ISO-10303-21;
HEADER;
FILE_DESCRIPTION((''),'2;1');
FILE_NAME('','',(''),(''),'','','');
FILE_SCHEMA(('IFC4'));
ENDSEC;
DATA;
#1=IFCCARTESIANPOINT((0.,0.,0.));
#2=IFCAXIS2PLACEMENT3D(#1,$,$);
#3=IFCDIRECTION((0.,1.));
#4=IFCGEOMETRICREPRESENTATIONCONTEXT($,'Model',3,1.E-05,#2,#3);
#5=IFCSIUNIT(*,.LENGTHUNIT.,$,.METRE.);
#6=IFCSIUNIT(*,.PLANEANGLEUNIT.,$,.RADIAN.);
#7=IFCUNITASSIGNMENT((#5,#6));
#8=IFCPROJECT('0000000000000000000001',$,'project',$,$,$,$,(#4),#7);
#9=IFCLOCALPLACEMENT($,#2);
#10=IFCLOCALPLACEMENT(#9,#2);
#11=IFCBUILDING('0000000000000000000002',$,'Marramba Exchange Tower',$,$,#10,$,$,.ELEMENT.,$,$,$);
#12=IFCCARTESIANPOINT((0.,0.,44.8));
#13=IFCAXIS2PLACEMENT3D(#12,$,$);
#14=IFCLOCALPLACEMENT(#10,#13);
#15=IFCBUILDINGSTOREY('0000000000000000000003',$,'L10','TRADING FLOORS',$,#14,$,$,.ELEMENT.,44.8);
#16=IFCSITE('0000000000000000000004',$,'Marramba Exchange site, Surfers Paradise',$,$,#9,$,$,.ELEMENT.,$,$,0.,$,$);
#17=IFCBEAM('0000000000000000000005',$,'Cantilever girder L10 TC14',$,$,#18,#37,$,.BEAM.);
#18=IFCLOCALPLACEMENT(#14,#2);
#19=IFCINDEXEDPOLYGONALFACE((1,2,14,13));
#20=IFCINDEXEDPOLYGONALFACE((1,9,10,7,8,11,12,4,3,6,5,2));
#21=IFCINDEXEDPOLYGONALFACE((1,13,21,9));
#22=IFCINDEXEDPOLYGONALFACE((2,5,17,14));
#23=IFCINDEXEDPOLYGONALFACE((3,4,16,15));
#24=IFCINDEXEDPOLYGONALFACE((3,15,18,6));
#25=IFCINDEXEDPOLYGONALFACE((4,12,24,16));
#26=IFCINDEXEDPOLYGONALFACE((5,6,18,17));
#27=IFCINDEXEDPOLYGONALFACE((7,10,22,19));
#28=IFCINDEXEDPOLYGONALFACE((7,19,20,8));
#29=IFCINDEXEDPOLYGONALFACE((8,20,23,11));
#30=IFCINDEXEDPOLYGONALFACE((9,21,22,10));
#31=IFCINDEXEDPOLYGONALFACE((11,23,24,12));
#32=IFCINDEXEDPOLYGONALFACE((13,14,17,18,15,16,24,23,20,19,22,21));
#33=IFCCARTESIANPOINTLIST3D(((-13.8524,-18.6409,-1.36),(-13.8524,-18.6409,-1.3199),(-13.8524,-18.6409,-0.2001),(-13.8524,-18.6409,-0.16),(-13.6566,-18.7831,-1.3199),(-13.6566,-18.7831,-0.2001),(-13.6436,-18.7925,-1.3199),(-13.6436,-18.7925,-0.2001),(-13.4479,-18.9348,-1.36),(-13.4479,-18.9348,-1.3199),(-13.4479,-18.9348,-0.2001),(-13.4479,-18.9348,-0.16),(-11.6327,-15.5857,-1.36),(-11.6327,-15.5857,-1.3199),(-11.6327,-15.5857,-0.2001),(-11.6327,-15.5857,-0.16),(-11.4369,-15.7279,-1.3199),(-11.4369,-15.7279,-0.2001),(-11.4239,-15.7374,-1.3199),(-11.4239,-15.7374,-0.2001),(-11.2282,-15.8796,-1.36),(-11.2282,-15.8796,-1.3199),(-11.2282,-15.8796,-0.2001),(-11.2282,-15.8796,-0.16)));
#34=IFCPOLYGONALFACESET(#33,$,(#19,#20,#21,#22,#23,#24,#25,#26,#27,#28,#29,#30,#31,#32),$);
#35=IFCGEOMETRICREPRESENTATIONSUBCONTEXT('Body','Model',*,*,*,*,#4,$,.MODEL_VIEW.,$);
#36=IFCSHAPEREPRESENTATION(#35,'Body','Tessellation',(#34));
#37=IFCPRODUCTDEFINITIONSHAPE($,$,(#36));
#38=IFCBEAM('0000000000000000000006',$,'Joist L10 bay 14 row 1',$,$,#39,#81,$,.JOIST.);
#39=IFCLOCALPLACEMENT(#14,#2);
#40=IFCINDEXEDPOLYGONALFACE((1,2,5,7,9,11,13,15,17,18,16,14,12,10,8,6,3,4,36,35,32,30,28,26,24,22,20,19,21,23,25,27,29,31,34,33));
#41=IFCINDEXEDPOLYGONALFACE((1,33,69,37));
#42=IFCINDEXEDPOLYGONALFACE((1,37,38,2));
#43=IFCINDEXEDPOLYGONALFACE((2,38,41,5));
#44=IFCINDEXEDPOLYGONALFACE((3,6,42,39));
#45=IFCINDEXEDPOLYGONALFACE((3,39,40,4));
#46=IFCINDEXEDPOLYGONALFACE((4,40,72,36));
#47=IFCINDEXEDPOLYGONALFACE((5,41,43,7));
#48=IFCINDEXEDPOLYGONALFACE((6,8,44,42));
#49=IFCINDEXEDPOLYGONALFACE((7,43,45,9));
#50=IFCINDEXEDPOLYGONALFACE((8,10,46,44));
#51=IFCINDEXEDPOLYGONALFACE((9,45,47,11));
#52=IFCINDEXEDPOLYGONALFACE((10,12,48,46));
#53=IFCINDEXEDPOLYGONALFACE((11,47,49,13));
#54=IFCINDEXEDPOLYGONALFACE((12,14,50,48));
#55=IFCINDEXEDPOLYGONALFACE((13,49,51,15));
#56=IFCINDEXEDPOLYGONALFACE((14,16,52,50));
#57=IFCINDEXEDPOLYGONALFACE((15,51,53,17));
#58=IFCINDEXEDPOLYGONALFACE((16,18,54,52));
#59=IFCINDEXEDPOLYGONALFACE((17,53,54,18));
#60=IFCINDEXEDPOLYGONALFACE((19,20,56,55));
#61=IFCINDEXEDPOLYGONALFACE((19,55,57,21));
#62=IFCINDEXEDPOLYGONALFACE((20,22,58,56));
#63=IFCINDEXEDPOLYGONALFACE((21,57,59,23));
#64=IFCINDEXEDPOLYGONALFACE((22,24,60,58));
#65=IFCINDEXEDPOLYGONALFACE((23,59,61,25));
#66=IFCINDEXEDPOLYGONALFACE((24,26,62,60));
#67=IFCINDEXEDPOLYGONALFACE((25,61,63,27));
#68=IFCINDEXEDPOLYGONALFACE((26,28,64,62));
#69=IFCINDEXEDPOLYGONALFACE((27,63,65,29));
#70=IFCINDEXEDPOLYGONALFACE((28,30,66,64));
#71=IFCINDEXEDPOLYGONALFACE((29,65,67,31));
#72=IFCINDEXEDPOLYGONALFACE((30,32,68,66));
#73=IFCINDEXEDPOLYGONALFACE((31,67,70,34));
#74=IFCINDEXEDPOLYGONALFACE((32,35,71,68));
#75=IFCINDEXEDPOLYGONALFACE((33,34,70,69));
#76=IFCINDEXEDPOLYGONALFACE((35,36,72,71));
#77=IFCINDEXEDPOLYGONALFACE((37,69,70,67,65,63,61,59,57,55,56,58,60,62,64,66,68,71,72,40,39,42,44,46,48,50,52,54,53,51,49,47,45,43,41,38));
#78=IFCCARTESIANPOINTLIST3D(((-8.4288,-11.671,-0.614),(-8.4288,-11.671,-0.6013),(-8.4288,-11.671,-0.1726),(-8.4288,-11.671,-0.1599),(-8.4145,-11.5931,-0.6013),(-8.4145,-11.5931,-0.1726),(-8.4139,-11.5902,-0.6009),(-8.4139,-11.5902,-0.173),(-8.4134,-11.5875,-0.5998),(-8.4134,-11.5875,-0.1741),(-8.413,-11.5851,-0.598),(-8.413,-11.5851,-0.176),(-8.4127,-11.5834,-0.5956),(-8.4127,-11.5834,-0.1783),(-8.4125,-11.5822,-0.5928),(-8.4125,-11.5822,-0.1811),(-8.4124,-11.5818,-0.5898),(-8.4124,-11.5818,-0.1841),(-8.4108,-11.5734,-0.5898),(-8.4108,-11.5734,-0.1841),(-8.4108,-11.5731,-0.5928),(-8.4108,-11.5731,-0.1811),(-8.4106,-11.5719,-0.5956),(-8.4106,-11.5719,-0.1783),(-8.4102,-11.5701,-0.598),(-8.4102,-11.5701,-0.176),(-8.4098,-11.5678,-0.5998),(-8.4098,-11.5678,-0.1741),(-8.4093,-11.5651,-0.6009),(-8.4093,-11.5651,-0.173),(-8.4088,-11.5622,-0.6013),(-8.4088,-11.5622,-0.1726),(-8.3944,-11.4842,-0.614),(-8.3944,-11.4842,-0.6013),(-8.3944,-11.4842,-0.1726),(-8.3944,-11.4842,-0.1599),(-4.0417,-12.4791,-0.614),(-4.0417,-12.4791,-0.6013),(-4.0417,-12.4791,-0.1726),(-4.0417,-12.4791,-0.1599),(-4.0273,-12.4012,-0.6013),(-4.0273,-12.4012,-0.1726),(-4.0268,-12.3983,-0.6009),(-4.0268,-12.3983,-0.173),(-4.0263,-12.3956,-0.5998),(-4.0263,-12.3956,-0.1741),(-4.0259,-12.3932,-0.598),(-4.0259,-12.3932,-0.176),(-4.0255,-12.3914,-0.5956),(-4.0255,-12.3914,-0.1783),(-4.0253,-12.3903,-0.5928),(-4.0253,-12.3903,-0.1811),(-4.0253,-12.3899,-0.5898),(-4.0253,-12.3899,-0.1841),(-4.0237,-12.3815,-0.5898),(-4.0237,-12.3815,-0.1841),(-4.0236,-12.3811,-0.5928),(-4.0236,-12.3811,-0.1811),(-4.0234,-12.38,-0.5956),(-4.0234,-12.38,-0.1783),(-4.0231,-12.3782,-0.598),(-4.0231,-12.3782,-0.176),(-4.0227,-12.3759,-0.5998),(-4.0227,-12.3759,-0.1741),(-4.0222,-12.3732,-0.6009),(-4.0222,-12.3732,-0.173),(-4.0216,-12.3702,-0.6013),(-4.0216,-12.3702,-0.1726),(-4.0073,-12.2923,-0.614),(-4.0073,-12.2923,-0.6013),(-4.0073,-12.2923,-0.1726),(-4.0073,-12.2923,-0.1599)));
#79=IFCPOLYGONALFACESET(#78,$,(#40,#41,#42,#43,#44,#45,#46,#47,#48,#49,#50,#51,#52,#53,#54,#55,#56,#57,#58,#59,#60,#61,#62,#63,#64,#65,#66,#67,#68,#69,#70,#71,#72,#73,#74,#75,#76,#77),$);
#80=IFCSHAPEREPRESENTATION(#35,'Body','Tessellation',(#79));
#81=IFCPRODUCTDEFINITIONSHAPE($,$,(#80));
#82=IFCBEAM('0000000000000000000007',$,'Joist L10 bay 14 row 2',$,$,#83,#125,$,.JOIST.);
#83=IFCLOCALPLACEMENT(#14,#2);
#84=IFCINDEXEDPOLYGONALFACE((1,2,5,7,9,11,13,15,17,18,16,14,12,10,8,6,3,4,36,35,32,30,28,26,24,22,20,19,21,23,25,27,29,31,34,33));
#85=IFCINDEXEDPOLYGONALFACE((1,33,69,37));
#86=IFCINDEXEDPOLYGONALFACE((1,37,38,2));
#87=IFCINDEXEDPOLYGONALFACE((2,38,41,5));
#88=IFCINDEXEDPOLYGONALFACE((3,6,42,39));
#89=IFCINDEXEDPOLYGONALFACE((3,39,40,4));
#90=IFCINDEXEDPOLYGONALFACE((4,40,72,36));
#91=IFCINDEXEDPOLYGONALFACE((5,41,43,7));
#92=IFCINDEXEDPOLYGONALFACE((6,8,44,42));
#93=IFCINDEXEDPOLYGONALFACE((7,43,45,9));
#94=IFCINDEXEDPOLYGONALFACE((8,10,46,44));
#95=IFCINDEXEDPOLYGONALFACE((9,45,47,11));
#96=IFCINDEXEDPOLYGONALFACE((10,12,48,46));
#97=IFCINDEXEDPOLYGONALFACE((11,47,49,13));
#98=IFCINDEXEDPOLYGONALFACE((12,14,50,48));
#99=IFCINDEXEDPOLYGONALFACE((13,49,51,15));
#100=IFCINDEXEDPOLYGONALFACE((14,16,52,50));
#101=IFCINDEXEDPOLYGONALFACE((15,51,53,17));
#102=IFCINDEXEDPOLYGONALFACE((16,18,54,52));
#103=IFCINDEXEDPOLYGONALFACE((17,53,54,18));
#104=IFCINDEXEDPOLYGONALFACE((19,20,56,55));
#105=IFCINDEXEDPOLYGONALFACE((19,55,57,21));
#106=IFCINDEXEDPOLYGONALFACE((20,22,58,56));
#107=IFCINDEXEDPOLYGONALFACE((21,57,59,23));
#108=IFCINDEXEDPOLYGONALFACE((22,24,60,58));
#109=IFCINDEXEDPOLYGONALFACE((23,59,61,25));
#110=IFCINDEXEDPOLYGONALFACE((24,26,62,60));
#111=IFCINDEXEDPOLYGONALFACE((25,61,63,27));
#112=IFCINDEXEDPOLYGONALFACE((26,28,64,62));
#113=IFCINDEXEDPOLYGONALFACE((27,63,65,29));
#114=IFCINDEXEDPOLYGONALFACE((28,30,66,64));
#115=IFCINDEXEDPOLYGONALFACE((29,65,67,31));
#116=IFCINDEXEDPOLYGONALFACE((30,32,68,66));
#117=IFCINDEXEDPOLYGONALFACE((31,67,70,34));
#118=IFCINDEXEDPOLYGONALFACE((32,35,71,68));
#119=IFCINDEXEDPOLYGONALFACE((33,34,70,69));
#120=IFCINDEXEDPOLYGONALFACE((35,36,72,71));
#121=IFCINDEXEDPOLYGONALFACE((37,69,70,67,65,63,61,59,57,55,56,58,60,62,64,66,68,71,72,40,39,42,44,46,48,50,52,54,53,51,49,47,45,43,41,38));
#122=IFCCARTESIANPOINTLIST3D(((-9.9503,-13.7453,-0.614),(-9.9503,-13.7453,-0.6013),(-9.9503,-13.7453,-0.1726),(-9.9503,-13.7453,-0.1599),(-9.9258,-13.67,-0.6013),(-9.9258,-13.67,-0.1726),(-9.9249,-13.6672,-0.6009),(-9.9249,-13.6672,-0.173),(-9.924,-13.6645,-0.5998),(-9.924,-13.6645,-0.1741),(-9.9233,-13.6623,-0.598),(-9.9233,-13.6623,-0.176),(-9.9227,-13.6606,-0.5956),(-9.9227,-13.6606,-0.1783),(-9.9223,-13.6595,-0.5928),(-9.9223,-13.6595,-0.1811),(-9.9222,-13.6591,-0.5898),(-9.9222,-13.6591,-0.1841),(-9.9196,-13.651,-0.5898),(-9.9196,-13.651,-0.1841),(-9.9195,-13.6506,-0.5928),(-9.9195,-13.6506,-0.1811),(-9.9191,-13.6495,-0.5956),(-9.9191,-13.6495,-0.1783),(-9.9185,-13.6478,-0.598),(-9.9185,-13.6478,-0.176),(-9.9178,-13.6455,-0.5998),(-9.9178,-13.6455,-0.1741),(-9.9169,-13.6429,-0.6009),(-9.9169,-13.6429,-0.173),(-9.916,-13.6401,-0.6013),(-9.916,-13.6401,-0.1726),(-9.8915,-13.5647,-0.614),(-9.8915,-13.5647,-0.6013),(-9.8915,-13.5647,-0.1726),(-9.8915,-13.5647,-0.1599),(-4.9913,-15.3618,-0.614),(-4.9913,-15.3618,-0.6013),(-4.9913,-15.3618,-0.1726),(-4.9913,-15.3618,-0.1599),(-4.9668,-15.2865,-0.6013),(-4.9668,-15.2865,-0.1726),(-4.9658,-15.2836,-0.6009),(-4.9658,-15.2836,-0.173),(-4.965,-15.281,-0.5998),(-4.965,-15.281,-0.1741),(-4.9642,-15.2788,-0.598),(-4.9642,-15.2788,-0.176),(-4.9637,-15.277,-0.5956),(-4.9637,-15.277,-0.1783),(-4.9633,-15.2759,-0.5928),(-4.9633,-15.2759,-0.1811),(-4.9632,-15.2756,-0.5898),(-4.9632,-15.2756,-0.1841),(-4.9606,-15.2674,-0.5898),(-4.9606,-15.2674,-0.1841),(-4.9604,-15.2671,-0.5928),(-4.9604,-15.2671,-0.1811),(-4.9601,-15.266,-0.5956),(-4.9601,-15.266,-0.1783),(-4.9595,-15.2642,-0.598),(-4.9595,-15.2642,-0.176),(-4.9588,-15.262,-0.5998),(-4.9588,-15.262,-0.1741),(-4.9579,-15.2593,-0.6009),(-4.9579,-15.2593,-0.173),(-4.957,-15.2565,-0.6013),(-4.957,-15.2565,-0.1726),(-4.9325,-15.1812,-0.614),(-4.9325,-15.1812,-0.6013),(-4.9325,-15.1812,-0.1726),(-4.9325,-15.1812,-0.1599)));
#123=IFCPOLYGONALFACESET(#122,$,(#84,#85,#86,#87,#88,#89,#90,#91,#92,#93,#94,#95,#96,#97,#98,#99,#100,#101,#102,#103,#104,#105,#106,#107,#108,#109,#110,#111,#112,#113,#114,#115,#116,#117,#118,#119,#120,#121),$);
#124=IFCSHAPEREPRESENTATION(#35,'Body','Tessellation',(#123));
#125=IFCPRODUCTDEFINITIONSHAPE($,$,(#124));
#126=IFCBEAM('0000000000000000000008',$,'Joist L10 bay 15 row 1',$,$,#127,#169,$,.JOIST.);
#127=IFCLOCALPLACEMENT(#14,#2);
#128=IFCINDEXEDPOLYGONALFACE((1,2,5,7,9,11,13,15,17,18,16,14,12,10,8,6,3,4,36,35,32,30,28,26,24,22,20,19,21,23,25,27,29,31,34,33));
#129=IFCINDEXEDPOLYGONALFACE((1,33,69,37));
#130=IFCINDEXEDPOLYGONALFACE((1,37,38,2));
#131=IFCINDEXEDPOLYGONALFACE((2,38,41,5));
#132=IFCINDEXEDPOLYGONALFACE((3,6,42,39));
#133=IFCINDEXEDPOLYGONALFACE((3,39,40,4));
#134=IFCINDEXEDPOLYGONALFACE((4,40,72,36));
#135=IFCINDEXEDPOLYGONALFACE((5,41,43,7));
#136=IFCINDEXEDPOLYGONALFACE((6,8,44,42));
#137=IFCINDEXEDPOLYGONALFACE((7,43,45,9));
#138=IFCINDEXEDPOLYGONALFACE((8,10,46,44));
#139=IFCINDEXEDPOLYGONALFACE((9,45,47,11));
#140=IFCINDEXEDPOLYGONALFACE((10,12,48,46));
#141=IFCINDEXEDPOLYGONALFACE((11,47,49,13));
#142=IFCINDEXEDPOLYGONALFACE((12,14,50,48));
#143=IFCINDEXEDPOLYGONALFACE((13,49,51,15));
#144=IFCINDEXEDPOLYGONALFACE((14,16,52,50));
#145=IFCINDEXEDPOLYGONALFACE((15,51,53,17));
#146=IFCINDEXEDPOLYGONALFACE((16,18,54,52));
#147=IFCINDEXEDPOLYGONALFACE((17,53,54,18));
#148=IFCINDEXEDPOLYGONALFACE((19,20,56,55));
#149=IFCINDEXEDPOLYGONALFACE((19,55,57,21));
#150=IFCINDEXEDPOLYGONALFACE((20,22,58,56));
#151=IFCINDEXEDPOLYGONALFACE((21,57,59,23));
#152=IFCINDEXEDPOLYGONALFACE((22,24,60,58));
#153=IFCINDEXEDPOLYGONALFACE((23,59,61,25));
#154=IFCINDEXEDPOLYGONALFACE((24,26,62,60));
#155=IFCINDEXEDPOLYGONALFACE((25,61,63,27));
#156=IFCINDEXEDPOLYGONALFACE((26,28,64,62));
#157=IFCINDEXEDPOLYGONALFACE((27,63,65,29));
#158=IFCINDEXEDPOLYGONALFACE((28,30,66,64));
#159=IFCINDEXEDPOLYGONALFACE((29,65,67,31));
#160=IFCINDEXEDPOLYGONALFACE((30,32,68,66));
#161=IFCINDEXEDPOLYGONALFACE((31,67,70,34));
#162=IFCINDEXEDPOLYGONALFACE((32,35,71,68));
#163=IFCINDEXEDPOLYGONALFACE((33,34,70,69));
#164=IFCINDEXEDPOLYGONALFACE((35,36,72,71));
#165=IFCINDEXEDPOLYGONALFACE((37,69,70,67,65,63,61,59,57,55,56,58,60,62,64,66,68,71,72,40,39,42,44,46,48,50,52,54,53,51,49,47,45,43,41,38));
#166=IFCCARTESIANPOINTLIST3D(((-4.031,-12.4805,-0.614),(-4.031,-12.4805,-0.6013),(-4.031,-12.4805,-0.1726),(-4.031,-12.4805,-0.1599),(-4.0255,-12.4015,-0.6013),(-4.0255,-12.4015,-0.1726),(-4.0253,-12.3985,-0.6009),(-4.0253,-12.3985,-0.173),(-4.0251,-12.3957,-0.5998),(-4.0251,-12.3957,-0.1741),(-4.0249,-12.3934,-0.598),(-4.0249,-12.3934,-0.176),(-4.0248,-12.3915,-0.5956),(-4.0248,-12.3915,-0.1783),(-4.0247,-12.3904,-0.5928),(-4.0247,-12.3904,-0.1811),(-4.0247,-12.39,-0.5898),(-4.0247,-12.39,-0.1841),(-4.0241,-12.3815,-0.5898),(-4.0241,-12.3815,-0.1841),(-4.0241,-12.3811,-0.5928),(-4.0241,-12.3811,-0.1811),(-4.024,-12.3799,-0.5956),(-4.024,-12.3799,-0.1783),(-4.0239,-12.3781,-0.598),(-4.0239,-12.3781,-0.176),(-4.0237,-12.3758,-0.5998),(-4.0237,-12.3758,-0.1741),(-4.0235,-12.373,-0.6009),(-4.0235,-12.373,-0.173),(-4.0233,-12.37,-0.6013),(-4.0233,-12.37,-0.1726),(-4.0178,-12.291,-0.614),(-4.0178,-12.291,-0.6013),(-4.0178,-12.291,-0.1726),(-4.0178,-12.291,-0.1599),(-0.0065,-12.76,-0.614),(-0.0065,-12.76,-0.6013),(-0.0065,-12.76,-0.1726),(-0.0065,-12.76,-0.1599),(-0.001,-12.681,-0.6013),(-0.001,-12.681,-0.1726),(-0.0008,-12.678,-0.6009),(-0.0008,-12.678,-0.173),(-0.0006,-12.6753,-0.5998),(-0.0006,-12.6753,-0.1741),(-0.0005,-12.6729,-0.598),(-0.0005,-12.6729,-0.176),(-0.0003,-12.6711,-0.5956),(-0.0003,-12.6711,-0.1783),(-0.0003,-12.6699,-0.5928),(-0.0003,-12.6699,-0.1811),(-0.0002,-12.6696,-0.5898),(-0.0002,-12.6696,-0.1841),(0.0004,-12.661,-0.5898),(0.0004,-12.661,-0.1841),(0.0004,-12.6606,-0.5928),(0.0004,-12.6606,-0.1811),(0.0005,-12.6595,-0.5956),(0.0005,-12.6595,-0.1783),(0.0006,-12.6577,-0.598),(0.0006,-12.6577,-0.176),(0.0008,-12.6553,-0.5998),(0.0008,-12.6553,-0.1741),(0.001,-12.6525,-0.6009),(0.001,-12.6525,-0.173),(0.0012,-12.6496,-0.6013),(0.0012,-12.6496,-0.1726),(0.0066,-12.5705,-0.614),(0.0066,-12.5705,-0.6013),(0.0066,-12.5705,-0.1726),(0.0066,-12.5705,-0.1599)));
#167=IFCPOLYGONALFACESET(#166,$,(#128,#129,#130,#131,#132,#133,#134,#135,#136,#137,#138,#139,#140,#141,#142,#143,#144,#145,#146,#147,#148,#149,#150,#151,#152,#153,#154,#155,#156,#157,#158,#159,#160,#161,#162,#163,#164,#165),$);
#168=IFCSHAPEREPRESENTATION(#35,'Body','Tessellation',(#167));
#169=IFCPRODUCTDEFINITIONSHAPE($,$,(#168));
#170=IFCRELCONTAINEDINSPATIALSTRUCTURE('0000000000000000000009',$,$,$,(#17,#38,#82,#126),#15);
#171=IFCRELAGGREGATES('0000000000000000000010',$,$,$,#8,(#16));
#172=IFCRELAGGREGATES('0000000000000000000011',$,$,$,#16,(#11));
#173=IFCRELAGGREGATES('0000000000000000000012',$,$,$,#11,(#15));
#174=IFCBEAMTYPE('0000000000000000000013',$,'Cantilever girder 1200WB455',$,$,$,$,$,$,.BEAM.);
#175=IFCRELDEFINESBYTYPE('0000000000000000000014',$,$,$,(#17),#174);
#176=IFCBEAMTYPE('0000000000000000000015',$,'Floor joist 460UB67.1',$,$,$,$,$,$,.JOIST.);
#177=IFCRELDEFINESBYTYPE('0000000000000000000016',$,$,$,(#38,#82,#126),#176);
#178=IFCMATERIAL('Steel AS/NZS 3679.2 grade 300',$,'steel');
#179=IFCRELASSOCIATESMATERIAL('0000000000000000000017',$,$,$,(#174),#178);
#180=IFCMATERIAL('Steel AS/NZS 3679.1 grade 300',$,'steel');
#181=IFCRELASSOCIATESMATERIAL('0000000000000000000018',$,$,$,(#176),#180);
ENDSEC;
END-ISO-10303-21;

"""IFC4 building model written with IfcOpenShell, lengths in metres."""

from ifc_helpers import new_model, si_unit, direction, frame, origin, origin_2d, place, context, subcontext, project, spatial, i_section, extrude, material, material_profile, profile_set, type_object, element, save


model = new_model("IFC4")

# Units and contexts
model_context = context("Model", 3, precision=1e-05, world=origin(), true_north=direction((0.0, 1.0)))
body_context = subcontext(model_context, "Body", "Model", "MODEL_VIEW")
ifc_project = project(units=[si_unit("LENGTHUNIT", "METRE"), si_unit("PLANEANGLEUNIT", "RADIAN")], contexts=[model_context])

# Site, building, storey
site_placement = place(None, origin())
site = spatial("IfcSite", under=ifc_project, at=site_placement, Name="Marramba Exchange site, Surfers Paradise", CompositionType="ELEMENT", RefElevation=0.0)
building_placement = place(site_placement, origin())
building = spatial("IfcBuilding", under=site, at=building_placement, Name="Marramba Exchange Tower", CompositionType="ELEMENT")
storey_placement = place(building_placement, frame((0.0, 0.0, 44.8)))
storey = spatial("IfcBuildingStorey", under=building, at=storey_placement, Name="L10", Description="TRADING FLOORS", CompositionType="ELEMENT", Elevation=44.8)

# Beams
ifc_material_1 = material(Name="Steel AS/NZS 3679.2 grade 300", Category="steel")
ifc_material_profile_1 = material_profile(ifc_material_1, i_section(OverallWidth=0.5, OverallDepth=1.2, WebThickness=0.0161, FlangeThickness=0.04, at=origin_2d()), Name="1200WB455")
ifc_profile_set_1 = profile_set([ifc_material_profile_1], Name="Steel AS/NZS 3679.2 grade 300")
beam_type_1 = type_object("IfcBeamType", Name="Cantilever girder 1200WB455", PredefinedType="BEAM", material=ifc_profile_set_1)
beam_1_placement = place(storey_placement, frame((-11.4304, -15.7327, -0.76), z_axis=(-0.587787, -0.809016, 0.0), x_axis=(0.809016, -0.587787, 0.0)))
element("IfcBeam", 1, at=beam_1_placement, inside=storey, type_object=beam_type_1, Name="Cantilever girder L10 TC14", PredefinedType="BEAM", context=body_context, shape_type="SweptSolid", body=[
    extrude(i_section(OverallWidth=0.5, OverallDepth=1.2, WebThickness=0.0161, FlangeThickness=0.04, at=origin_2d()), origin(), (0.0, 0.0, 1.0), 3.7764),
])
ifc_material_2 = material(Name="Steel AS/NZS 3679.1 grade 300", Category="steel")
ifc_material_profile_2 = material_profile(ifc_material_2, i_section(OverallWidth=0.1899, OverallDepth=0.4541, WebThickness=0.0085, FlangeThickness=0.0127, FilletRadius=0.0115, at=origin_2d()), Name="460UB67.1")
ifc_profile_set_2 = profile_set([ifc_material_profile_2], Name="Steel AS/NZS 3679.1 grade 300")
beam_type_2 = type_object("IfcBeamType", Name="Floor joist 460UB67.1", PredefinedType="JOIST", material=ifc_profile_set_2)
beam_2_placement = place(storey_placement, frame((-8.4116, -11.5776, -0.387), z_axis=(0.983456, -0.181149, 0.0), x_axis=(0.181149, 0.983456, 0.0)))
element("IfcBeam", 2, at=beam_2_placement, inside=storey, type_object=beam_type_2, Name="Joist L10 bay 14 row 1", PredefinedType="JOIST", context=body_context, shape_type="SweptSolid", body=[
    extrude(i_section(OverallWidth=0.1899, OverallDepth=0.4541, WebThickness=0.0085, FlangeThickness=0.0127, FilletRadius=0.0115, at=origin_2d()), origin(), (0.0, 0.0, 1.0), 4.4609),
])
beam_3_placement = place(storey_placement, frame((-9.9209, -13.655, -0.387), z_axis=(0.950764, -0.309916, 0.0), x_axis=(0.309916, 0.950764, 0.0)))
element("IfcBeam", 3, at=beam_3_placement, inside=storey, type_object=beam_type_2, Name="Joist L10 bay 14 row 2", PredefinedType="JOIST", context=body_context, shape_type="SweptSolid", body=[
    extrude(i_section(OverallWidth=0.1899, OverallDepth=0.4541, WebThickness=0.0085, FlangeThickness=0.0127, FilletRadius=0.0115, at=origin_2d()), origin(), (0.0, 0.0, 1.0), 5.2158),
])
beam_4_placement = place(storey_placement, frame((-4.0244, -12.3857, -0.387), z_axis=(0.997596, -0.069294, 0.0), x_axis=(0.069294, 0.997596, 0.0)))
element("IfcBeam", 4, at=beam_4_placement, inside=storey, type_object=beam_type_2, Name="Joist L10 bay 15 row 1", PredefinedType="JOIST", context=body_context, shape_type="SweptSolid", body=[
    extrude(i_section(OverallWidth=0.1899, OverallDepth=0.4541, WebThickness=0.0085, FlangeThickness=0.0127, FilletRadius=0.0115, at=origin_2d()), origin(), (0.0, 0.0, 1.0), 4.0342),
])

save(model, "model.ifc")
